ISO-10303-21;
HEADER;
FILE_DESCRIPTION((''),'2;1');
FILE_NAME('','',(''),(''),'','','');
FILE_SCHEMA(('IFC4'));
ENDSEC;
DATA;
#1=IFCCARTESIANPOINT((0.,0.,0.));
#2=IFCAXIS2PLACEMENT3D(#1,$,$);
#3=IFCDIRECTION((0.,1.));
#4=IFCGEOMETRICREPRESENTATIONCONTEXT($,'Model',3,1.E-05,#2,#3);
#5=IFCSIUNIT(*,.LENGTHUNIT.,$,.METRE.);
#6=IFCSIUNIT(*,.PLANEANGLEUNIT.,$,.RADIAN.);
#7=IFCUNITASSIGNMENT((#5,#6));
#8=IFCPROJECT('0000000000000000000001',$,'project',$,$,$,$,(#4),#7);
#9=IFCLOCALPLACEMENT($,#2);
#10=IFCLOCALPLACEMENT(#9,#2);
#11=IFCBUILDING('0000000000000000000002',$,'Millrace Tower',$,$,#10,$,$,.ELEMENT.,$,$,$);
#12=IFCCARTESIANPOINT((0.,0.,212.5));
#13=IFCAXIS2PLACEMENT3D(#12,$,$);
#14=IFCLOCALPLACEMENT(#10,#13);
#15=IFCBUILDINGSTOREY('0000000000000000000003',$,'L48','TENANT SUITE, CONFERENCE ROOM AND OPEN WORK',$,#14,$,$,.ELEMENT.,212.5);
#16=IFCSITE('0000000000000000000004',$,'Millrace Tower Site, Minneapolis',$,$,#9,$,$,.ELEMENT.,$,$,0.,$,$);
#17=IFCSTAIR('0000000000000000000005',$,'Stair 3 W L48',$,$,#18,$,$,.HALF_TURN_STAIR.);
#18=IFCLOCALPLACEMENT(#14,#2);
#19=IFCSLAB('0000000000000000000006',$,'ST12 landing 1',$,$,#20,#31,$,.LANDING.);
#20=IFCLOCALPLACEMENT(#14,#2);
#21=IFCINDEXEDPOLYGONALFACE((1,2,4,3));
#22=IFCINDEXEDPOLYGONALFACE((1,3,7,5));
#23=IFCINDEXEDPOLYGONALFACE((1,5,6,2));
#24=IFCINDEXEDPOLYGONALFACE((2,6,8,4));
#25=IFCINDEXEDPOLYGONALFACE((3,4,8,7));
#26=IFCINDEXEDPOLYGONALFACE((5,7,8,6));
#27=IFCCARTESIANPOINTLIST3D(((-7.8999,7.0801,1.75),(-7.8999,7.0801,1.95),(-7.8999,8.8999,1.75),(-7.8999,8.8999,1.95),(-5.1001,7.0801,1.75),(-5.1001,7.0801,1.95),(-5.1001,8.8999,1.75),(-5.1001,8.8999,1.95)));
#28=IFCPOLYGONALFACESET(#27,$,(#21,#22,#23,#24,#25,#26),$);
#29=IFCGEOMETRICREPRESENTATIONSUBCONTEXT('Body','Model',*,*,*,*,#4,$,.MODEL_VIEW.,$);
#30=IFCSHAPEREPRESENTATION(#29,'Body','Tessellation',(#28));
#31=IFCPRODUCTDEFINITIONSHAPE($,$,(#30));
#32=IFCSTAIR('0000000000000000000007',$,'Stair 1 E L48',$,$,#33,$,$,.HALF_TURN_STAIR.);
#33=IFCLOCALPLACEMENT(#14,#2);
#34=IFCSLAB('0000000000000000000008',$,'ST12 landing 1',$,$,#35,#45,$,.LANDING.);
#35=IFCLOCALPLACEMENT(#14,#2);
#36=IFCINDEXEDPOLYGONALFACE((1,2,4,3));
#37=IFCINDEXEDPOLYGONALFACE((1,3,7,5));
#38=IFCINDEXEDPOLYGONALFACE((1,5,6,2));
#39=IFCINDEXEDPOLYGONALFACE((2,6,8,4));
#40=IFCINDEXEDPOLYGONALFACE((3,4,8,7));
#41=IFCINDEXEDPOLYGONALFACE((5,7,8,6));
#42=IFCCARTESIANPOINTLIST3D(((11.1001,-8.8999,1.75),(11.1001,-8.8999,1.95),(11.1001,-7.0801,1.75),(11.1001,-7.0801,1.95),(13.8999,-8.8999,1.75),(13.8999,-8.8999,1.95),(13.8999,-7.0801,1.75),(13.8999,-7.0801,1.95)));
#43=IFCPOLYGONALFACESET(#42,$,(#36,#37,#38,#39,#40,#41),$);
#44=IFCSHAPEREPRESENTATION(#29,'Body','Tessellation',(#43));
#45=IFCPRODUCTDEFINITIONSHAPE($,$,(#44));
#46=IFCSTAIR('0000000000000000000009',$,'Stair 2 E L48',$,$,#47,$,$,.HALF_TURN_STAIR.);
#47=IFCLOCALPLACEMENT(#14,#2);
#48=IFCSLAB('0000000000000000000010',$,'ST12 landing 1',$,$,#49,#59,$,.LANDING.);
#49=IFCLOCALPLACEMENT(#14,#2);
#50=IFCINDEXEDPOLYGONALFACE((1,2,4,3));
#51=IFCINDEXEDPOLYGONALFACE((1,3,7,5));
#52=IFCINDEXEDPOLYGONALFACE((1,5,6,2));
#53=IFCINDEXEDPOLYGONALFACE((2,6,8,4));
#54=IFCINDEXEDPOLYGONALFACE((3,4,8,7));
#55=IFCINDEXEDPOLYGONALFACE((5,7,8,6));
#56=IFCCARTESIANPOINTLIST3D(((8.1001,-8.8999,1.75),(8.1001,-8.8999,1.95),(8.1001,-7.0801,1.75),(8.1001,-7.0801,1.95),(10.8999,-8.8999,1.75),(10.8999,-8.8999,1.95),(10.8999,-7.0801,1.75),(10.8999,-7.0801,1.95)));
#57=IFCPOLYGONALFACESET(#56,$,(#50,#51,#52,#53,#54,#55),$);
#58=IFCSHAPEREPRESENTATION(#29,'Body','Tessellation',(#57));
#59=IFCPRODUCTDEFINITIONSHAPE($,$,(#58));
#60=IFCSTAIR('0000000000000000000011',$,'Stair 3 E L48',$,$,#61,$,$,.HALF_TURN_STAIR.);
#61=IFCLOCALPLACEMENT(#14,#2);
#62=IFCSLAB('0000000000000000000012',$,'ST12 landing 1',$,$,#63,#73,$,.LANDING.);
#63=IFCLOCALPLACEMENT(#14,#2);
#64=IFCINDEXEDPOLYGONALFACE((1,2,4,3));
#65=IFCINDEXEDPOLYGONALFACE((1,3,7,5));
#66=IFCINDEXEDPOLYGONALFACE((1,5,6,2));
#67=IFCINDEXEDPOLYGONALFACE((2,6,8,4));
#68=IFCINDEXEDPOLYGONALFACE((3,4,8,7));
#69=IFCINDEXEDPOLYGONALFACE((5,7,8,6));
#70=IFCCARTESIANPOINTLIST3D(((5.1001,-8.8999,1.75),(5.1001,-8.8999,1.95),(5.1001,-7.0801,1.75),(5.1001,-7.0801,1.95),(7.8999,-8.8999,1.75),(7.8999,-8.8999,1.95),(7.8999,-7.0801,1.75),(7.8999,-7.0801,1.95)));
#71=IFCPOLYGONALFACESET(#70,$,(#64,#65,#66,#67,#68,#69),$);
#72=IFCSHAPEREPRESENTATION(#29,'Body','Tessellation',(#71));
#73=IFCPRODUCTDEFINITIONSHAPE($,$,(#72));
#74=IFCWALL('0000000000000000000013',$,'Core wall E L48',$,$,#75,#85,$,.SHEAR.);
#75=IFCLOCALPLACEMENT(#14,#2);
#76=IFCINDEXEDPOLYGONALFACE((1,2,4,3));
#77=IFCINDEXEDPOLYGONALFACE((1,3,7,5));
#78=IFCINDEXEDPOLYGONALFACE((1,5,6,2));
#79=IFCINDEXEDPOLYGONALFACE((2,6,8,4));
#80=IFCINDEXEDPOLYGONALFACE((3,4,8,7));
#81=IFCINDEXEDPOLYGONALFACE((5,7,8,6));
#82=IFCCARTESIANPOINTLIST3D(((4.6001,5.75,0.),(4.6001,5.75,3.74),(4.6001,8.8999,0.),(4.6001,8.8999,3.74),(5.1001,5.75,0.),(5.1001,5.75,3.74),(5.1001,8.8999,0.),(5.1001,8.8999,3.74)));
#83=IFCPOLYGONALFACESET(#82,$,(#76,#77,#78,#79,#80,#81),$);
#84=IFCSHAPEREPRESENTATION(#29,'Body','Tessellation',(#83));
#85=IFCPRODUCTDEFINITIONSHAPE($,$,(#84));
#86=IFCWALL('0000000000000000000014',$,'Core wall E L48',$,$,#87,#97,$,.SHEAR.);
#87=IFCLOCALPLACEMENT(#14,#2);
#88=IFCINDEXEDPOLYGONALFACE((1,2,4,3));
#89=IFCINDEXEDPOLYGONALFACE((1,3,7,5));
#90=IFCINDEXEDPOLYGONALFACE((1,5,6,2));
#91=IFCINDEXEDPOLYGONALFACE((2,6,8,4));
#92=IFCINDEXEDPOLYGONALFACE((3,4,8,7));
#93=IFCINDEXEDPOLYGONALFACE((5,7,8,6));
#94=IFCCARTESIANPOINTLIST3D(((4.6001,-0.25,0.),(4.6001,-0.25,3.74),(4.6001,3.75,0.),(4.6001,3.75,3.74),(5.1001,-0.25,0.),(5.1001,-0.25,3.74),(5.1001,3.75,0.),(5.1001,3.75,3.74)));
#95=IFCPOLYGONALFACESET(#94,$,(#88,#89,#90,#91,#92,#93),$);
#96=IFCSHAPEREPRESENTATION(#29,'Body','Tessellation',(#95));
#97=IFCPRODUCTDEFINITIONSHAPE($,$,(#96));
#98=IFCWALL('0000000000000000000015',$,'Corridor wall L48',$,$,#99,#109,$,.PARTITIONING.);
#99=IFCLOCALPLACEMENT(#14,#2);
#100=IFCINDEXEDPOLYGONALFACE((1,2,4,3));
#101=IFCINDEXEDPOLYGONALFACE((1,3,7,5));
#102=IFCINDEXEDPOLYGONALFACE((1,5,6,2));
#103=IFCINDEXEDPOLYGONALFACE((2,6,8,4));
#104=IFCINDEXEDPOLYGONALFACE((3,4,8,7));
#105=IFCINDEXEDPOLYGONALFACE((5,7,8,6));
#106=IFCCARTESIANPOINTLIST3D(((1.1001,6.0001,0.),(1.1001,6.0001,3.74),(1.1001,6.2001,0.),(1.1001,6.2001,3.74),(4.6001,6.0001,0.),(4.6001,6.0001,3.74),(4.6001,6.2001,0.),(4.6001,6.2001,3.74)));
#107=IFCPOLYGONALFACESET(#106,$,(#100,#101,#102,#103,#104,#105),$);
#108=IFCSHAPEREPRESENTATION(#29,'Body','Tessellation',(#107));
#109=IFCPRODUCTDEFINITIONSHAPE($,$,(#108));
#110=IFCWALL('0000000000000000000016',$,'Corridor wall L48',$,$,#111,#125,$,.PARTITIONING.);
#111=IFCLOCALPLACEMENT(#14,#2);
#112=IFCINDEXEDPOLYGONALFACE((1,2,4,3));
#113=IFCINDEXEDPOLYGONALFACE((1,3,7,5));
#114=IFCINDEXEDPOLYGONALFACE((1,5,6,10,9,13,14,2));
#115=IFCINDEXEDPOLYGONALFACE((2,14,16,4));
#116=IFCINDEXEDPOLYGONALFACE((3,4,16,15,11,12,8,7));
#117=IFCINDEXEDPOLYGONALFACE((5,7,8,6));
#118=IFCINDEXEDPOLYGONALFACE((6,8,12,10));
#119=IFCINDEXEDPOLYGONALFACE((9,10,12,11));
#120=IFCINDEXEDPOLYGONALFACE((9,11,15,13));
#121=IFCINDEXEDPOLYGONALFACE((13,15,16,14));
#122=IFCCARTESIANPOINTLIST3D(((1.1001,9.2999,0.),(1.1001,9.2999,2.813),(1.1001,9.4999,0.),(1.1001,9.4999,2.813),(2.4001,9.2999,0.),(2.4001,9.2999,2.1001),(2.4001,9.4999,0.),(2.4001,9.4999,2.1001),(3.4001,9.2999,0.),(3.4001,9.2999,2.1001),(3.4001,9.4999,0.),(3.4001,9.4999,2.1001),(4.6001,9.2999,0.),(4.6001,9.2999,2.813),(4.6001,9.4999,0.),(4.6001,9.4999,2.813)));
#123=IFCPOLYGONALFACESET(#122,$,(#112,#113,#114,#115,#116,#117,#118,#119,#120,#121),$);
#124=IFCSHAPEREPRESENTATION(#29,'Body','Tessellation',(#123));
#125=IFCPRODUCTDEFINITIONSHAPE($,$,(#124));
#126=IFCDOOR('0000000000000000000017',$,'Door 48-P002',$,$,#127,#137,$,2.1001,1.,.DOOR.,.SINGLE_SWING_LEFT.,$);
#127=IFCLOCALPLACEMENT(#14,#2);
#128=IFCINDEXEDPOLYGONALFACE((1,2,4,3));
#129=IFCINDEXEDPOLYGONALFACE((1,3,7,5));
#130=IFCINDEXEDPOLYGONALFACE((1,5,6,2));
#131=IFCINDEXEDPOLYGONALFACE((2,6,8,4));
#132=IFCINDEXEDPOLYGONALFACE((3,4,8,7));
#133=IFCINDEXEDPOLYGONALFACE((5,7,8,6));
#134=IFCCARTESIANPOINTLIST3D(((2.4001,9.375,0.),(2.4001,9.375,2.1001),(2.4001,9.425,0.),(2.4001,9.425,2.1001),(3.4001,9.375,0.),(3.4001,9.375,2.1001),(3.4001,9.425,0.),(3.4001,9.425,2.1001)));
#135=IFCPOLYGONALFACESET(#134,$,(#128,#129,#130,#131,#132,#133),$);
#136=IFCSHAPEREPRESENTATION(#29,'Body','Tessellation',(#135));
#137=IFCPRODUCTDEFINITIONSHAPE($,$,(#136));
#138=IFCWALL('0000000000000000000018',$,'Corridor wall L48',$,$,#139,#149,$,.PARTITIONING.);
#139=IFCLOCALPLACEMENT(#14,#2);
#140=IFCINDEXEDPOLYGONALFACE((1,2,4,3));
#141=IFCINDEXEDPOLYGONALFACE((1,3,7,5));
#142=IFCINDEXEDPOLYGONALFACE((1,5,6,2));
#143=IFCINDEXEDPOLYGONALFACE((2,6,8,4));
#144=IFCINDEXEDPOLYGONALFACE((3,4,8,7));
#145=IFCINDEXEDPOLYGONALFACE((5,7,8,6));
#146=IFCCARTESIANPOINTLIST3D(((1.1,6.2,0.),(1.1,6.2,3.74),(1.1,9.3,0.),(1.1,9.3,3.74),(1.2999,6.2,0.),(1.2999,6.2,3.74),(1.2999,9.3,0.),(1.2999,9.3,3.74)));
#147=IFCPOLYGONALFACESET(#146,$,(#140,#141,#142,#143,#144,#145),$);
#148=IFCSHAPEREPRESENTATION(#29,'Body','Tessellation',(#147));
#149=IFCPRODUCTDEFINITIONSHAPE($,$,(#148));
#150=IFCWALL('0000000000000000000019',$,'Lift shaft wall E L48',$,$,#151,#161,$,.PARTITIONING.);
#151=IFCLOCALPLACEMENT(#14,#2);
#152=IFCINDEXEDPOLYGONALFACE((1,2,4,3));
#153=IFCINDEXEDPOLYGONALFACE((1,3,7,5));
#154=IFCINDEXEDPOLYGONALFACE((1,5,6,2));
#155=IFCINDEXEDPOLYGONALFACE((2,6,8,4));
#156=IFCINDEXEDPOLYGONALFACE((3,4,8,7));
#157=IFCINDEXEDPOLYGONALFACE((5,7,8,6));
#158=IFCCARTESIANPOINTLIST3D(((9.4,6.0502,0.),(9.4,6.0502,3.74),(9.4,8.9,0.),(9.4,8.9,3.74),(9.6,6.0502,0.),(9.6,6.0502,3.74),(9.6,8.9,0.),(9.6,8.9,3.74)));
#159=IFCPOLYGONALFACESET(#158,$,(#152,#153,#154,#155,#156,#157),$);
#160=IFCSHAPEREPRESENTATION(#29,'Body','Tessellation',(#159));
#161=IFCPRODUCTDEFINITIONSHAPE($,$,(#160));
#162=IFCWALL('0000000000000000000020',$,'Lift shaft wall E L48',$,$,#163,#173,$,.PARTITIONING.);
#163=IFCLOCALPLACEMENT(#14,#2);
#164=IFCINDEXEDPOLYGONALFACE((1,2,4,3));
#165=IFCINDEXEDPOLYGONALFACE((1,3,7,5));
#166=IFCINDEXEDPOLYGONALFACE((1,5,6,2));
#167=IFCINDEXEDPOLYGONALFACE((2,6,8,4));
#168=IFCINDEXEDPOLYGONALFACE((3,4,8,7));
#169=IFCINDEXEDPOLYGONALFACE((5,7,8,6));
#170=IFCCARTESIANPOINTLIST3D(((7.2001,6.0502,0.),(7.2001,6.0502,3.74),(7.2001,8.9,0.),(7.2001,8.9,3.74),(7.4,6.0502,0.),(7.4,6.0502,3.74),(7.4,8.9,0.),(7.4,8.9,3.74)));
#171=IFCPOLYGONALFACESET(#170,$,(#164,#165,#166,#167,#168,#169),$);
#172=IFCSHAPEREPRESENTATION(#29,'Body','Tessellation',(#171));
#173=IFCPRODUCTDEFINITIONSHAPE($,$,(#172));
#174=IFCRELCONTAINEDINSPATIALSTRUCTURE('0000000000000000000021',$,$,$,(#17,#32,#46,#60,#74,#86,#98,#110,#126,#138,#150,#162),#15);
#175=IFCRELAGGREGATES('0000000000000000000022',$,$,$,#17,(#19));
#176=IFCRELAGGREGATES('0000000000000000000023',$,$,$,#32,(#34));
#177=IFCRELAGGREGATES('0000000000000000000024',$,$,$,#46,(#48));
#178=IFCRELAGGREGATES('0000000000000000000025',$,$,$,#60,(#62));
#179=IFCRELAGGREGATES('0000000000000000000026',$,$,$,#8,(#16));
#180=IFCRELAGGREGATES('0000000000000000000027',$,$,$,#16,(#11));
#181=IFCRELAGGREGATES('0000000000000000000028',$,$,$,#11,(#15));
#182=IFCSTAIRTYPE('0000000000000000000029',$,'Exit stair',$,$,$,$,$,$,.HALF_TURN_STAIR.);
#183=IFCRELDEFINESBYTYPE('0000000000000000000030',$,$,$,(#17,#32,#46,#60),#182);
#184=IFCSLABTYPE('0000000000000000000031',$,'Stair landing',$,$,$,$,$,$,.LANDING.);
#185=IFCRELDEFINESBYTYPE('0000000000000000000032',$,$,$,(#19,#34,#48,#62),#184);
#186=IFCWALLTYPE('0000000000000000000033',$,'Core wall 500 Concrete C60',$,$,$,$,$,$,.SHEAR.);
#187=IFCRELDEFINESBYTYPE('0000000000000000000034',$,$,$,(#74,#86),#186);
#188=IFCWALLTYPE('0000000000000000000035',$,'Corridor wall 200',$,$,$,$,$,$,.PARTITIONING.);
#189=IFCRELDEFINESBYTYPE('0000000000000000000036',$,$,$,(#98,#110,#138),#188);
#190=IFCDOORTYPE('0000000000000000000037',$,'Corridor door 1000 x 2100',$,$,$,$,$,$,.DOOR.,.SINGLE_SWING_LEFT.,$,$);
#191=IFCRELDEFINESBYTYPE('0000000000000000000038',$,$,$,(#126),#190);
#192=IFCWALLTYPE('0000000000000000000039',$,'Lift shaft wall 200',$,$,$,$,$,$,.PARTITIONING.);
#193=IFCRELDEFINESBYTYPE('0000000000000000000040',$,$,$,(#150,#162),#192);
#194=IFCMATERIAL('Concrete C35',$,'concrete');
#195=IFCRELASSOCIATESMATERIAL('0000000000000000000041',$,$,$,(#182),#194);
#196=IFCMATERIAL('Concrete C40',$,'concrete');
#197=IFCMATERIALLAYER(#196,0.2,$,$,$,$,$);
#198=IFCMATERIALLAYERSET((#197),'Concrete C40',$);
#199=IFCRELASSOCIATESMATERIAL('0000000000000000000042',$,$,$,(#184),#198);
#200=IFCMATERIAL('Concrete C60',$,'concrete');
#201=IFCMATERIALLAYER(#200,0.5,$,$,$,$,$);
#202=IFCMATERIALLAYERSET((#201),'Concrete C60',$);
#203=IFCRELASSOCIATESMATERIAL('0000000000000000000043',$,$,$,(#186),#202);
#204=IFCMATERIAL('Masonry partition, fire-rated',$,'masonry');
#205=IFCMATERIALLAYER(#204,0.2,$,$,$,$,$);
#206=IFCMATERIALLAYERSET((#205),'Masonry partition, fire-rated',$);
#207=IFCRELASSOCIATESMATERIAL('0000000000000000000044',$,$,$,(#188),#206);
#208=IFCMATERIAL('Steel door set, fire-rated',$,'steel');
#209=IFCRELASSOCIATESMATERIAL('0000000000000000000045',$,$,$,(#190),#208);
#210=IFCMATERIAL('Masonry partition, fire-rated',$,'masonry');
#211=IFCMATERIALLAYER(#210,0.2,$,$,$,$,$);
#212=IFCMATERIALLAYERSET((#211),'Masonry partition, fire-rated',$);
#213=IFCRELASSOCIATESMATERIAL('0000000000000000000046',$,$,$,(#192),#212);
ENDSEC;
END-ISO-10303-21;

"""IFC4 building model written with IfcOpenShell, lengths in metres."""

from ifc_helpers import new_model, si_unit, direction, frame, frame_2d, origin, place, context, subcontext, project, spatial, polyline, rectangle, outline, extrude, material, layer, layer_set, type_object, element, fill, aggregate, save


model = new_model("IFC4")

# Units and contexts
model_context = context("Model", 3, precision=1e-05, world=origin(), true_north=direction((0.0, 1.0)))
body_context = subcontext(model_context, "Body", "Model", "MODEL_VIEW")
ifc_project = project(units=[si_unit("LENGTHUNIT", "METRE"), si_unit("PLANEANGLEUNIT", "RADIAN")], contexts=[model_context])

# Site, building, storey
site_placement = place(None, origin())
site = spatial("IfcSite", under=ifc_project, at=site_placement, Name="Millrace Tower Site, Minneapolis", CompositionType="ELEMENT", RefElevation=0.0)
building_placement = place(site_placement, origin())
building = spatial("IfcBuilding", under=site, at=building_placement, Name="Millrace Tower", CompositionType="ELEMENT")
storey_placement = place(building_placement, frame((0.0, 0.0, 212.5)))
storey = spatial("IfcBuildingStorey", under=building, at=storey_placement, Name="L48", Description="TENANT SUITE, CONFERENCE ROOM AND OPEN WORK", CompositionType="ELEMENT", Elevation=212.5)

# Shared definitions
placement_1 = place(storey_placement, origin())

# Stairs, slabs
ifc_material_1 = material(Name="Concrete C35", Category="concrete")
stair_type = type_object("IfcStairType", Name="Exit stair", PredefinedType="HALF_TURN_STAIR", material=ifc_material_1)
ifc_material_2 = material(Name="Concrete C40", Category="concrete")
ifc_layer_1 = layer(ifc_material_2, 0.2)
ifc_layer_set_1 = layer_set([ifc_layer_1], Name="Concrete C40")
slab_type = type_object("IfcSlabType", Name="Stair landing", PredefinedType="LANDING", material=ifc_layer_set_1)
placement_2 = place(storey_placement, frame((0.0, 0.0, 1.75)))
stair_1 = element("IfcStair", 1, at=placement_1, inside=storey, type_object=stair_type, Name="Stair 3 W L48", PredefinedType="HALF_TURN_STAIR")
slab_1 = element("IfcSlab", 2, at=placement_2, type_object=slab_type, Name="ST12 landing 1", PredefinedType="LANDING", context=body_context, shape_type="SweptSolid", body=[
    extrude(outline(polyline([(-7.8999, 7.0801), (-5.1001, 7.0801), (-5.1001, 8.8999), (-7.8999, 8.8999), (-7.8999, 7.0801)])), origin(), (0.0, 0.0, 1.0), 0.2),
])
aggregate(stair_1, [slab_1])
stair_2 = element("IfcStair", 3, at=placement_1, inside=storey, type_object=stair_type, Name="Stair 1 E L48", PredefinedType="HALF_TURN_STAIR")
slab_2 = element("IfcSlab", 4, at=placement_2, type_object=slab_type, Name="ST12 landing 1", PredefinedType="LANDING", context=body_context, shape_type="SweptSolid", body=[
    extrude(outline(polyline([(11.1001, -8.8999), (13.8999, -8.8999), (13.8999, -7.0801), (11.1001, -7.0801), (11.1001, -8.8999)])), origin(), (0.0, 0.0, 1.0), 0.2),
])
aggregate(stair_2, [slab_2])
stair_3 = element("IfcStair", 5, at=placement_1, inside=storey, type_object=stair_type, Name="Stair 2 E L48", PredefinedType="HALF_TURN_STAIR")
slab_3 = element("IfcSlab", 6, at=placement_2, type_object=slab_type, Name="ST12 landing 1", PredefinedType="LANDING", context=body_context, shape_type="SweptSolid", body=[
    extrude(outline(polyline([(8.1001, -8.8999), (10.8999, -8.8999), (10.8999, -7.0801), (8.1001, -7.0801), (8.1001, -8.8999)])), origin(), (0.0, 0.0, 1.0), 0.2),
])
aggregate(stair_3, [slab_3])
stair_4 = element("IfcStair", 7, at=placement_1, inside=storey, type_object=stair_type, Name="Stair 3 E L48", PredefinedType="HALF_TURN_STAIR")
slab_4 = element("IfcSlab", 8, at=placement_2, type_object=slab_type, Name="ST12 landing 1", PredefinedType="LANDING", context=body_context, shape_type="SweptSolid", body=[
    extrude(outline(polyline([(5.1001, -8.8999), (7.8999, -8.8999), (7.8999, -7.0801), (5.1001, -7.0801), (5.1001, -8.8999)])), origin(), (0.0, 0.0, 1.0), 0.2),
])
aggregate(stair_4, [slab_4])

# Walls
ifc_material_3 = material(Name="Concrete C60", Category="concrete")
ifc_layer_2 = layer(ifc_material_3, 0.5)
ifc_layer_set_2 = layer_set([ifc_layer_2], Name="Concrete C60")
wall_type_1 = type_object("IfcWallType", Name="Core wall 500 Concrete C60", PredefinedType="SHEAR", material=ifc_layer_set_2)
wall_1_placement = place(storey_placement, frame((4.8501, 8.8999, 0.0), z_axis=(0.0, 0.0, 1.0), x_axis=(0.0, -1.0, 0.0)))
element("IfcWall", 9, at=wall_1_placement, inside=storey, type_object=wall_type_1, Name="Core wall E L48", PredefinedType="SHEAR", context=body_context, shape_type="SweptSolid", body=[
    extrude(rectangle(XDim=3.1499, YDim=0.5, at=frame_2d((1.575, 0.0))), origin(), (0.0, 0.0, 1.0), 3.74),
])
wall_2_placement = place(storey_placement, frame((4.8501, 3.75, 0.0), z_axis=(0.0, 0.0, 1.0), x_axis=(0.0, -1.0, 0.0)))
element("IfcWall", 10, at=wall_2_placement, inside=storey, type_object=wall_type_1, Name="Core wall E L48", PredefinedType="SHEAR", context=body_context, shape_type="SweptSolid", body=[
    extrude(rectangle(XDim=4.0, YDim=0.5, at=frame_2d((2.0, 0.0))), origin(), (0.0, 0.0, 1.0), 3.74),
])
ifc_material_4 = material(Name="Masonry partition, fire-rated", Category="masonry")
ifc_layer_3 = layer(ifc_material_4, 0.2)
ifc_layer_set_3 = layer_set([ifc_layer_3], Name="Masonry partition, fire-rated")
wall_type_2 = type_object("IfcWallType", Name="Corridor wall 200", PredefinedType="PARTITIONING", material=ifc_layer_set_3)
wall_3_placement = place(storey_placement, frame((1.1001, 6.1001, 0.0), z_axis=(0.0, 0.0, 1.0), x_axis=(1.0, 0.0, 0.0)))
element("IfcWall", 11, at=wall_3_placement, inside=storey, type_object=wall_type_2, Name="Corridor wall L48", PredefinedType="PARTITIONING", context=body_context, shape_type="SweptSolid", body=[
    extrude(rectangle(XDim=3.5, YDim=0.2, at=frame_2d((1.75, 0.0))), origin(), (0.0, 0.0, 1.0), 3.74),
])

# Wall, opening, door
wall_4_placement = place(storey_placement, frame((1.1001, 9.3999, 0.0), z_axis=(0.0, 0.0, 1.0), x_axis=(1.0, 0.0, 0.0)))
wall_4 = element("IfcWall", 12, at=wall_4_placement, inside=storey, type_object=wall_type_2, Name="Corridor wall L48", PredefinedType="PARTITIONING", context=body_context, shape_type="SweptSolid", body=[
    extrude(rectangle(XDim=3.5, YDim=0.2, at=frame_2d((1.75, 0.0))), origin(), (0.0, 0.0, 1.0), 2.813),
])
opening_1_placement = place(wall_4_placement, frame((1.3, 0.0, 0.0)))
opening_1 = element("IfcOpeningElement", 13, at=opening_1_placement, cuts=wall_4, PredefinedType="OPENING", context=body_context, shape_type="SweptSolid", body=[
    extrude(rectangle(XDim=1.0, YDim=2.1001, at=frame_2d((0.5, 1.05))), frame((0.0, 0.1099, 0.0), z_axis=(0.0, -1.0, 0.0), x_axis=(1.0, 0.0, 0.0)), (0.0, 0.0, 1.0), 0.22),
])
ifc_material_5 = material(Name="Steel door set, fire-rated", Category="steel")
door_type_1 = type_object("IfcDoorType", Name="Corridor door 1000 x 2100", OperationType="SINGLE_SWING_LEFT", PredefinedType="DOOR", material=ifc_material_5)
door_1_placement = place(opening_1_placement, frame((1.0, 0.0, 0.0), z_axis=(0.0, 0.0, 1.0), x_axis=(-1.0, 0.0, 0.0)))
door_1 = element("IfcDoor", 14, at=door_1_placement, inside=storey, type_object=door_type_1, Name="Door 48-P002", OperationType="SINGLE_SWING_LEFT", OverallHeight=2.1001, OverallWidth=1.0, PredefinedType="DOOR", context=body_context, shape_type="SweptSolid", body=[
    extrude(rectangle(XDim=1.0, YDim=2.1001, at=frame_2d((0.5, 1.05))), frame((0.0, 0.0249, 0.0), z_axis=(0.0, -1.0, 0.0), x_axis=(1.0, 0.0, 0.0)), (0.0, 0.0, 1.0), 0.05),
])
fill(opening_1, door_1)

# Walls
wall_5_placement = place(storey_placement, frame((1.2, 6.2, 0.0), z_axis=(0.0, 0.0, 1.0), x_axis=(0.0, 1.0, 0.0)))
element("IfcWall", 15, at=wall_5_placement, inside=storey, type_object=wall_type_2, Name="Corridor wall L48", PredefinedType="PARTITIONING", context=body_context, shape_type="SweptSolid", body=[
    extrude(rectangle(XDim=3.1001, YDim=0.2, at=frame_2d((1.55, 0.0))), origin(), (0.0, 0.0, 1.0), 3.74),
])
ifc_material_6 = material(Name="Masonry partition, fire-rated", Category="masonry")
ifc_layer_4 = layer(ifc_material_6, 0.2)
ifc_layer_set_4 = layer_set([ifc_layer_4], Name="Masonry partition, fire-rated")
wall_type_3 = type_object("IfcWallType", Name="Lift shaft wall 200", PredefinedType="PARTITIONING", material=ifc_layer_set_4)
for number, where, z_axis, x_axis, name in (
    (16, (9.5, 8.8999, 0.0), (0.0, 0.0, 1.0), (0.0, -1.0, 0.0), "Lift shaft wall E L48"),
    (17, (7.3, 8.8999, 0.0), (0.0, 0.0, 1.0), (0.0, -1.0, 0.0), "Lift shaft wall E L48"),
):
    element("IfcWall", number, at=place(storey_placement, frame(where, z_axis=z_axis, x_axis=x_axis)), inside=storey, type_object=wall_type_3, Name=name, PredefinedType="PARTITIONING", context=body_context, shape_type="SweptSolid", body=[
        extrude(rectangle(XDim=2.8499, YDim=0.2, at=frame_2d((1.4248, 0.0))), origin(), (0.0, 0.0, 1.0), 3.74),
    ])

save(model, "model.ifc")
